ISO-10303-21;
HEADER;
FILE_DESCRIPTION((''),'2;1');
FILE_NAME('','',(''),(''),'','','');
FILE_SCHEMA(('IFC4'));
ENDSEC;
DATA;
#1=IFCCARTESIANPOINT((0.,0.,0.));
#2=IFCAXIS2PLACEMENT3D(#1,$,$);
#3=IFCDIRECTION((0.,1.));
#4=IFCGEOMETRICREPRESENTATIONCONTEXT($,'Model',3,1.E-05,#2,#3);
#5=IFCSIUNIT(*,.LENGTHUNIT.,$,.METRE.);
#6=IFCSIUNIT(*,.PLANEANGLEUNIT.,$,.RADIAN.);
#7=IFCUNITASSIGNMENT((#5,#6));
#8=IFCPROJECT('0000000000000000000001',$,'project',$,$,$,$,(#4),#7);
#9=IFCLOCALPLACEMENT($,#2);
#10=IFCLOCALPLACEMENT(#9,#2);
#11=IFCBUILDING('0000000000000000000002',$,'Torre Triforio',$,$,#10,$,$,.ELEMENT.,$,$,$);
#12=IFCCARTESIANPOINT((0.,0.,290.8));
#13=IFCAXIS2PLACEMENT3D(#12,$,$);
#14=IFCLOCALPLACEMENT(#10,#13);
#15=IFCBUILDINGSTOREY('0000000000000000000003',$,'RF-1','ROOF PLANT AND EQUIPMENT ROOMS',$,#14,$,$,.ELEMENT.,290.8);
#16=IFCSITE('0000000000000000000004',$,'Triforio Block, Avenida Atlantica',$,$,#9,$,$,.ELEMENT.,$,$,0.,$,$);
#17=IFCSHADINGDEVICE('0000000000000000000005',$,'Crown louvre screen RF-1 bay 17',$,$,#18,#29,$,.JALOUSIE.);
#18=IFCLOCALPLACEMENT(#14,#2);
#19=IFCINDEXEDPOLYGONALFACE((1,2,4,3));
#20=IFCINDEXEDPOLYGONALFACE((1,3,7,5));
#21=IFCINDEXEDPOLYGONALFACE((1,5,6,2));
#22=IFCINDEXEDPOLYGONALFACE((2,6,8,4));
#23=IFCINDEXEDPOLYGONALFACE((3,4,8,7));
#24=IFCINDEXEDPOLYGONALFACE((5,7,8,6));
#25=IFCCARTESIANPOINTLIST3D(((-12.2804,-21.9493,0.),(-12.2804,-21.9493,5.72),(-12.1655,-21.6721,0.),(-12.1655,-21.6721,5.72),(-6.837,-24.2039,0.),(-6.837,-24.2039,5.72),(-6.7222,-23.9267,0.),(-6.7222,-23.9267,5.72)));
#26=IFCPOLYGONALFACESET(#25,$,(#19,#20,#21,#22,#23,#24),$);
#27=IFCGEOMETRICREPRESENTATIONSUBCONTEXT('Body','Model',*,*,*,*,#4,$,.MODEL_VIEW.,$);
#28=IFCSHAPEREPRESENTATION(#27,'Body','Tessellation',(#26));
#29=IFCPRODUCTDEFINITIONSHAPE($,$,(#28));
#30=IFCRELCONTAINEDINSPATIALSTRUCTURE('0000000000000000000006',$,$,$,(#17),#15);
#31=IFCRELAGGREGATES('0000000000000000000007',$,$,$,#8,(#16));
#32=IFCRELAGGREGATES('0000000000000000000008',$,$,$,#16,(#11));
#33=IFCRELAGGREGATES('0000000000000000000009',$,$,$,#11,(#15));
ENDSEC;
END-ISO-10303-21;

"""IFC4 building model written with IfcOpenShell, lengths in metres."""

from ifc_helpers import new_model, si_unit, direction, frame, origin, place, context, subcontext, project, spatial, polyline, outline, extrude, element, save


model = new_model("IFC4")

# Units and contexts
model_context = context("Model", 3, precision=1e-05, world=origin(), true_north=direction((0.0, 1.0)))
body_context = subcontext(model_context, "Body", "Model", "MODEL_VIEW")
ifc_project = project(units=[si_unit("LENGTHUNIT", "METRE"), si_unit("PLANEANGLEUNIT", "RADIAN")], contexts=[model_context])

# Site, building, storey
site_placement = place(None, origin())
site = spatial("IfcSite", under=ifc_project, at=site_placement, Name="Triforio Block, Avenida Atlantica", CompositionType="ELEMENT", RefElevation=0.0)
building_placement = place(site_placement, origin())
building = spatial("IfcBuilding", under=site, at=building_placement, Name="Torre Triforio", CompositionType="ELEMENT")
storey_placement = place(building_placement, frame((0.0, 0.0, 290.8)))
storey = spatial("IfcBuildingStorey", under=building, at=storey_placement, Name="RF-1", Description="ROOF PLANT AND EQUIPMENT ROOMS", CompositionType="ELEMENT", Elevation=290.8)

# Shading device
for number, where, z_axis, x_axis, name in (
    (1, (-12.2229, -21.8105, 0.0), (0.0, 0.0, 1.0), (0.923884, -0.382673, 0.0), "Crown louvre screen RF-1 bay 17"),
):
    element("IfcShadingDevice", number, at=place(storey_placement, frame(where, z_axis=z_axis, x_axis=x_axis)), inside=storey, Name=name, PredefinedType="JALOUSIE", context=body_context, shape_type="SweptSolid", body=[
        extrude(outline(polyline([(0.0, 0.0), (5.8918, 0.0), (5.8918, 5.72), (0.0, 5.72), (0.0, 0.0)])), frame((0.0, 0.1499, 0.0), z_axis=(0.0, -1.0, 0.0), x_axis=(1.0, 0.0, 0.0)), (0.0, 0.0, 1.0), 0.3),
    ])

save(model, "model.ifc")
